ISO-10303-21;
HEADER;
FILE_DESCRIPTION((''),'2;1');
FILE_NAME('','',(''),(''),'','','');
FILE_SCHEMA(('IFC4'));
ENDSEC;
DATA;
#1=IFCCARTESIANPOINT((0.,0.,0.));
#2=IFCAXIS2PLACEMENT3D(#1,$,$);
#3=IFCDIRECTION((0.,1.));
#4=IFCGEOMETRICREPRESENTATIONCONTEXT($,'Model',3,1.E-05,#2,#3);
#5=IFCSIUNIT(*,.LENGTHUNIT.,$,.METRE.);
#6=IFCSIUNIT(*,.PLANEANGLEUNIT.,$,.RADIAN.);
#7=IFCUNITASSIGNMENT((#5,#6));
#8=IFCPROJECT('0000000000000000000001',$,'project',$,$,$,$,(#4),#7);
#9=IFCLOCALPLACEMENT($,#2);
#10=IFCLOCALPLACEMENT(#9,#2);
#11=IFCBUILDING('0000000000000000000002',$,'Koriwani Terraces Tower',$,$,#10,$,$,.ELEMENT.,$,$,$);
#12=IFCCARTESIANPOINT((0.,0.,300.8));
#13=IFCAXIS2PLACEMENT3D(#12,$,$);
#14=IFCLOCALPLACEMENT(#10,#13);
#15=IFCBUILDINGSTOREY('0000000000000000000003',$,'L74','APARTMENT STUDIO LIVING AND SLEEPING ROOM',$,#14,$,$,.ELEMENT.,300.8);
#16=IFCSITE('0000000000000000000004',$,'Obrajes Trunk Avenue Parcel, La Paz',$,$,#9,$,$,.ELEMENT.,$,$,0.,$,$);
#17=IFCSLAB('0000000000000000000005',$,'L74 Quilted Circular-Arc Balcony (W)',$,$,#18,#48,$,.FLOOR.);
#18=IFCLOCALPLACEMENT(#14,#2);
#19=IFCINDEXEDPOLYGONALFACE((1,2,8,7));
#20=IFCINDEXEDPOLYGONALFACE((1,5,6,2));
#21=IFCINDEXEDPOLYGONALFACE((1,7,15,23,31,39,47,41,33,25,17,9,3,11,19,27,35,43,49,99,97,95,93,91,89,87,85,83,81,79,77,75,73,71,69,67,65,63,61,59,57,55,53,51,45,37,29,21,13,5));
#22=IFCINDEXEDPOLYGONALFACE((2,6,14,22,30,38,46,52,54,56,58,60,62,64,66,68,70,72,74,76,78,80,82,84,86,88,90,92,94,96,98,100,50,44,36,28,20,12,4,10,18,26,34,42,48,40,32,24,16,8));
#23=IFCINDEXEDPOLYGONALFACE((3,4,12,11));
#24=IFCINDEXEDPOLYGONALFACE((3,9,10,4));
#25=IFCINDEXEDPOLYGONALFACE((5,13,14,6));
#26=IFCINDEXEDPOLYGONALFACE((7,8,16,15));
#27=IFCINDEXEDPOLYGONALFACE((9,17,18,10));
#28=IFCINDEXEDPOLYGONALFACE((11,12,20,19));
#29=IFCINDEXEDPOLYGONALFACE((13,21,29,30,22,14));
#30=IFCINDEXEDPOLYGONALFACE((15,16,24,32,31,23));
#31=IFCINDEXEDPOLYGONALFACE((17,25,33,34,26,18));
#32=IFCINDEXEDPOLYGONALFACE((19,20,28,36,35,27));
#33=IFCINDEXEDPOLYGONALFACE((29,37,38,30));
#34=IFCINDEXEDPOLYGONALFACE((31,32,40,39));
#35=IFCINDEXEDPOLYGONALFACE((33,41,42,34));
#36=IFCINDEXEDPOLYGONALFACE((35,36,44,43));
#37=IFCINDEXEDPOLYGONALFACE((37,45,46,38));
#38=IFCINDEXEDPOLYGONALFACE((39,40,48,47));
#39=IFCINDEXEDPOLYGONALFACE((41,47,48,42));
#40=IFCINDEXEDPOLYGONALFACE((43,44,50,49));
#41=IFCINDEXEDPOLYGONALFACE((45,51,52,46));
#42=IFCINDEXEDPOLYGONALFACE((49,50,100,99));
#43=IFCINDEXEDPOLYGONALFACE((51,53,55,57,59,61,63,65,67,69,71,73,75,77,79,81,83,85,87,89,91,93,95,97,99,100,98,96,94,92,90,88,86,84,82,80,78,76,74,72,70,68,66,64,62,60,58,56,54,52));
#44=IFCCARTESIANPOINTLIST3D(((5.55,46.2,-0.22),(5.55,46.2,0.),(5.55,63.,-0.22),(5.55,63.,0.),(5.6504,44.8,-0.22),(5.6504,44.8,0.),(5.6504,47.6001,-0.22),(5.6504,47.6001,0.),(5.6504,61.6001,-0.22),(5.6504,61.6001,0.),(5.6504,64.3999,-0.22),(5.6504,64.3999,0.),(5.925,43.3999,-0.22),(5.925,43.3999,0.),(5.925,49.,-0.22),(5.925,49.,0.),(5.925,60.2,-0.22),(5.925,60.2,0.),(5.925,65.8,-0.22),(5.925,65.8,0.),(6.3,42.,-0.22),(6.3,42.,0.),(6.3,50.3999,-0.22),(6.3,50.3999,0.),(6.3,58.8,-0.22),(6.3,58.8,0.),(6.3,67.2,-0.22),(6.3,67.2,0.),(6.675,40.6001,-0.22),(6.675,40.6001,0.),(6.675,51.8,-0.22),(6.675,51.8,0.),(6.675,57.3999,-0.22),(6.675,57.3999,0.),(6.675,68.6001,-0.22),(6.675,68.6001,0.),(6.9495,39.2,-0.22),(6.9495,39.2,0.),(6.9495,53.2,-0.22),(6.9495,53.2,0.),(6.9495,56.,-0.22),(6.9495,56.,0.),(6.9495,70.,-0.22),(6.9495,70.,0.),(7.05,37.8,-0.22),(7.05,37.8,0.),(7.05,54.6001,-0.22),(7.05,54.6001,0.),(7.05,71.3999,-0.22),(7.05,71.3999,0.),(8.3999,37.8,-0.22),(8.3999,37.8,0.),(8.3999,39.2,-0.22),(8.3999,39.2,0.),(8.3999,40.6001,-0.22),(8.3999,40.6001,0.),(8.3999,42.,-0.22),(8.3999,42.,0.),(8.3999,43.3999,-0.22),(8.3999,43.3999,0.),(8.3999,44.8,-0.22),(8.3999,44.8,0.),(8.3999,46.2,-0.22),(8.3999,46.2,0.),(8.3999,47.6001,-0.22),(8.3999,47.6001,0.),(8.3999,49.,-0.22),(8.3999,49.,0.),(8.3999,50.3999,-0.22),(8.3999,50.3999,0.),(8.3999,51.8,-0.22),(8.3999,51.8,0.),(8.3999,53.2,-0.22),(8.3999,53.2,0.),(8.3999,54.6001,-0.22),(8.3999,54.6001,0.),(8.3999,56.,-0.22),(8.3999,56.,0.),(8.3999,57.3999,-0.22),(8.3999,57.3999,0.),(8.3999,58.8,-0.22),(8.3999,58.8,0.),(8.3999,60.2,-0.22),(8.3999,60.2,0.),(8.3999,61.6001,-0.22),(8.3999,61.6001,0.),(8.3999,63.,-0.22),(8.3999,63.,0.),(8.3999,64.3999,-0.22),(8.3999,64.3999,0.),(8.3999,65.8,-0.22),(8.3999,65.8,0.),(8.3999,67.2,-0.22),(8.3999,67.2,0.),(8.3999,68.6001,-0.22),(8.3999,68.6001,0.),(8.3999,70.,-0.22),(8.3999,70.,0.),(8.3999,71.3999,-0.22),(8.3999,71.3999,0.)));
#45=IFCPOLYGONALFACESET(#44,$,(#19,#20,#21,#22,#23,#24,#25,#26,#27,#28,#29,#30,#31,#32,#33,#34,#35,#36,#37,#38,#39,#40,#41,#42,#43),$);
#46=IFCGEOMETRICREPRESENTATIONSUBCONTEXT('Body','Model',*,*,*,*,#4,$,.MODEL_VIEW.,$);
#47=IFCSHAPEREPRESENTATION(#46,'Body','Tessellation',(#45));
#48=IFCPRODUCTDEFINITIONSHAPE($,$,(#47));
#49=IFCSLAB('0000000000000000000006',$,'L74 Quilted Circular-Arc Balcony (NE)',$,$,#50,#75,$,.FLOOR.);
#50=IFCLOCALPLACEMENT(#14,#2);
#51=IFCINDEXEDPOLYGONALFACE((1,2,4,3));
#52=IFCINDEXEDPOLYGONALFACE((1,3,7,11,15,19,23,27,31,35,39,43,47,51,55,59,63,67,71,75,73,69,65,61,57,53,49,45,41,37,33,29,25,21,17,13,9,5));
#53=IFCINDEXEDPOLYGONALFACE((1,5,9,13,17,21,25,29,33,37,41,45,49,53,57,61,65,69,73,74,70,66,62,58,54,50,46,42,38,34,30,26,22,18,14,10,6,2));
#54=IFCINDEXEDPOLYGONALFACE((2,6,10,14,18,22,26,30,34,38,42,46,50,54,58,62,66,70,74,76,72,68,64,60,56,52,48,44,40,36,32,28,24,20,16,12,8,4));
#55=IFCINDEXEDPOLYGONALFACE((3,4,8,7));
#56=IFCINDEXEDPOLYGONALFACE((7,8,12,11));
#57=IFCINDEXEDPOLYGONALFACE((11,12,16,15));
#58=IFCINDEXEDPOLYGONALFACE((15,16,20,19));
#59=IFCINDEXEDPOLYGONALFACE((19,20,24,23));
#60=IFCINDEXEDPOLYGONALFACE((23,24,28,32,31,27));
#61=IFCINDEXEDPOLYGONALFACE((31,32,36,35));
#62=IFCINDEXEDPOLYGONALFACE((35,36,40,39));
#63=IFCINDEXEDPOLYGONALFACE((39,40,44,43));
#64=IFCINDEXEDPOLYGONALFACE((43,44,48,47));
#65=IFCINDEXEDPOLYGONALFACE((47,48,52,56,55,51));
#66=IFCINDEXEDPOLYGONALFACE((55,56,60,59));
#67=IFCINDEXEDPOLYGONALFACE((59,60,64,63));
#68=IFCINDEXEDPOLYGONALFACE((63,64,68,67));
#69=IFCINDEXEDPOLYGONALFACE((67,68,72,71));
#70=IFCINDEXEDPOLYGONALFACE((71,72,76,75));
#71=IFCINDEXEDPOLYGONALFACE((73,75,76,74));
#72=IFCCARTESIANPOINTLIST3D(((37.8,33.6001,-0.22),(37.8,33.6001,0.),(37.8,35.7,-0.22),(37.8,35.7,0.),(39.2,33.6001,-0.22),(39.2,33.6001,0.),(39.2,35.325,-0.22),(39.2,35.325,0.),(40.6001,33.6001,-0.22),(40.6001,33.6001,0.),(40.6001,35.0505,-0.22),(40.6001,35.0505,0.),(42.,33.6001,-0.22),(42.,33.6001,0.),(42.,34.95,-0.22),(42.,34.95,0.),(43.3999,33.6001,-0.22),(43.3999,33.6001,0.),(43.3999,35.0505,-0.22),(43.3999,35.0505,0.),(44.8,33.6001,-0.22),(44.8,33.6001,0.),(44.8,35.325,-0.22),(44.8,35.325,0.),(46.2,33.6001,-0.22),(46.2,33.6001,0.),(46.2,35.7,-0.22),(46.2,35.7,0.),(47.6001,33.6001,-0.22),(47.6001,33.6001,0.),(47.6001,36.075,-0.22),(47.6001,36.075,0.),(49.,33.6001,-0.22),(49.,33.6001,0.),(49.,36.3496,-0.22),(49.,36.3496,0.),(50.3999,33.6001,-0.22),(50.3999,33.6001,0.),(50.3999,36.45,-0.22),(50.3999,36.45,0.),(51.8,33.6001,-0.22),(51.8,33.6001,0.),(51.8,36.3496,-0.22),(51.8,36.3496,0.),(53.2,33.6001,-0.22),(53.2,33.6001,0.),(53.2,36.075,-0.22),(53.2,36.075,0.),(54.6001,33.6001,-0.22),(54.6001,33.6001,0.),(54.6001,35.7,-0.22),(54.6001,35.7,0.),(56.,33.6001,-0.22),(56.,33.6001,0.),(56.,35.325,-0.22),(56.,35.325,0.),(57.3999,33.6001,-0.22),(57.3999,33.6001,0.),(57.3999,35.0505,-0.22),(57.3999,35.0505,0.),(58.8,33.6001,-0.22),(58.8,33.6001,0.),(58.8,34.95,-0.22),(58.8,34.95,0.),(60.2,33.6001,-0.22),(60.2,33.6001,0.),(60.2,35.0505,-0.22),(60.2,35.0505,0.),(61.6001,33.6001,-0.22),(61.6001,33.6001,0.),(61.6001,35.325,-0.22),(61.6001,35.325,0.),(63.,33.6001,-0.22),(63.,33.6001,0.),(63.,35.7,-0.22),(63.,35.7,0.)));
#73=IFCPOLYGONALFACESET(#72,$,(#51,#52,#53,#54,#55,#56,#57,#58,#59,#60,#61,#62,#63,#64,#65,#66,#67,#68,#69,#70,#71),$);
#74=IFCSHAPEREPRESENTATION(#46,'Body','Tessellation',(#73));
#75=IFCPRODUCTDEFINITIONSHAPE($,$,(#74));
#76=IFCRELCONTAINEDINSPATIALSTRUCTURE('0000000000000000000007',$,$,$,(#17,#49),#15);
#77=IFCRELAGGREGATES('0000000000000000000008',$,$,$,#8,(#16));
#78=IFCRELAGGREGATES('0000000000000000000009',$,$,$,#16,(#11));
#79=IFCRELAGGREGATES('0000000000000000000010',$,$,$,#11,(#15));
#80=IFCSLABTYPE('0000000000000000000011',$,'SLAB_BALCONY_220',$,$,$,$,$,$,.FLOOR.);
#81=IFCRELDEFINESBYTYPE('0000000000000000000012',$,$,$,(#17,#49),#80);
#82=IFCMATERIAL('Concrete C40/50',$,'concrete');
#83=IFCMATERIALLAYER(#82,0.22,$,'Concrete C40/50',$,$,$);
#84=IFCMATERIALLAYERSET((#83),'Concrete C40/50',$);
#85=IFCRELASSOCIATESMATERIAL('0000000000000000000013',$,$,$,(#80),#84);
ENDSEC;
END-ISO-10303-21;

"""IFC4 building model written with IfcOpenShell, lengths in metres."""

from ifc_helpers import new_model, si_unit, direction, frame, origin, place, context, subcontext, project, spatial, polyline, outline, extrude, material, layer, layer_set, type_object, element, save


model = new_model("IFC4")

# Units and contexts
model_context = context("Model", 3, precision=1e-05, world=origin(), true_north=direction((0.0, 1.0)))
body_context = subcontext(model_context, "Body", "Model", "MODEL_VIEW")
ifc_project = project(units=[si_unit("LENGTHUNIT", "METRE"), si_unit("PLANEANGLEUNIT", "RADIAN")], contexts=[model_context])

# Site, building, storey
site_placement = place(None, origin())
site = spatial("IfcSite", under=ifc_project, at=site_placement, Name="Obrajes Trunk Avenue Parcel, La Paz", CompositionType="ELEMENT", RefElevation=0.0)
building_placement = place(site_placement, origin())
building = spatial("IfcBuilding", under=site, at=building_placement, Name="Koriwani Terraces Tower", CompositionType="ELEMENT")
storey_placement = place(building_placement, frame((0.0, 0.0, 300.8)))
storey = spatial("IfcBuildingStorey", under=building, at=storey_placement, Name="L74", Description="APARTMENT STUDIO LIVING AND SLEEPING ROOM", CompositionType="ELEMENT", Elevation=300.8)

# Shared definitions
ifc_material_1 = material(Name="Concrete C40/50", Category="concrete")

# Slabs
ifc_layer_1 = layer(ifc_material_1, 0.22, Name="Concrete C40/50")
ifc_layer_set_1 = layer_set([ifc_layer_1], Name="Concrete C40/50")
slab_type_1 = type_object("IfcSlabType", Name="SLAB_BALCONY_220", PredefinedType="FLOOR", material=ifc_layer_set_1)
slab_1_placement = place(storey_placement, frame((0.0, 0.0, -0.22)))
element("IfcSlab", 1, at=slab_1_placement, inside=storey, type_object=slab_type_1, Name="L74 Quilted Circular-Arc Balcony (W)", PredefinedType="FLOOR", context=body_context, shape_type="SweptSolid", body=[
    extrude(outline(polyline([(8.3999, 37.8), (8.3999, 39.2), (8.3999, 40.6001), (8.3999, 42.0), (8.3999, 43.3999), (8.3999, 44.8), (8.3999, 46.2), (8.3999, 47.6001), (8.3999, 49.0), (8.3999, 50.3999), (8.3999, 51.8), (8.3999, 53.2), (8.3999, 54.6001), (8.3999, 56.0), (8.3999, 57.3999), (8.3999, 58.8), (8.3999, 60.2), (8.3999, 61.6001), (8.3999, 63.0), (8.3999, 64.3999), (8.3999, 65.8), (8.3999, 67.2), (8.3999, 68.6001), (8.3999, 70.0), (8.3999, 71.3999), (7.05, 71.3999), (6.9495, 70.0), (6.675, 68.6001), (6.3, 67.2), (5.925, 65.8), (5.6504, 64.3999), (5.55, 63.0), (5.6504, 61.6001), (5.925, 60.2), (6.3, 58.8), (6.675, 57.3999), (6.9495, 56.0), (7.05, 54.6001), (6.9495, 53.2), (6.675, 51.8), (6.3, 50.3999), (5.925, 49.0), (5.6504, 47.6001), (5.55, 46.2), (5.6504, 44.8), (5.925, 43.3999), (6.3, 42.0), (6.675, 40.6001), (6.9495, 39.2), (7.05, 37.8), (8.3999, 37.8)])), origin(), (0.0, 0.0, 1.0), 0.22),
])
slab_2_placement = place(storey_placement, frame((0.0, 0.0, -0.22)))
element("IfcSlab", 2, at=slab_2_placement, inside=storey, type_object=slab_type_1, Name="L74 Quilted Circular-Arc Balcony (NE)", PredefinedType="FLOOR", context=body_context, shape_type="SweptSolid", body=[
    extrude(outline(polyline([(63.0, 33.6001), (61.6001, 33.6001), (60.2, 33.6001), (58.8, 33.6001), (57.3999, 33.6001), (56.0, 33.6001), (54.6001, 33.6001), (53.2, 33.6001), (51.8, 33.6001), (50.3999, 33.6001), (49.0, 33.6001), (47.6001, 33.6001), (46.2, 33.6001), (44.8, 33.6001), (43.3999, 33.6001), (42.0, 33.6001), (40.6001, 33.6001), (39.2, 33.6001), (37.8, 33.6001), (37.8, 35.7), (39.2, 35.325), (40.6001, 35.0505), (42.0, 34.95), (43.3999, 35.0505), (44.8, 35.325), (46.2, 35.7), (47.6001, 36.075), (49.0, 36.3496), (50.3999, 36.45), (51.8, 36.3496), (53.2, 36.075), (54.6001, 35.7), (56.0, 35.325), (57.3999, 35.0505), (58.8, 34.95), (60.2, 35.0505), (61.6001, 35.325), (63.0, 35.7), (63.0, 33.6001)])), origin(), (0.0, 0.0, 1.0), 0.22),
])

save(model, "model.ifc")
